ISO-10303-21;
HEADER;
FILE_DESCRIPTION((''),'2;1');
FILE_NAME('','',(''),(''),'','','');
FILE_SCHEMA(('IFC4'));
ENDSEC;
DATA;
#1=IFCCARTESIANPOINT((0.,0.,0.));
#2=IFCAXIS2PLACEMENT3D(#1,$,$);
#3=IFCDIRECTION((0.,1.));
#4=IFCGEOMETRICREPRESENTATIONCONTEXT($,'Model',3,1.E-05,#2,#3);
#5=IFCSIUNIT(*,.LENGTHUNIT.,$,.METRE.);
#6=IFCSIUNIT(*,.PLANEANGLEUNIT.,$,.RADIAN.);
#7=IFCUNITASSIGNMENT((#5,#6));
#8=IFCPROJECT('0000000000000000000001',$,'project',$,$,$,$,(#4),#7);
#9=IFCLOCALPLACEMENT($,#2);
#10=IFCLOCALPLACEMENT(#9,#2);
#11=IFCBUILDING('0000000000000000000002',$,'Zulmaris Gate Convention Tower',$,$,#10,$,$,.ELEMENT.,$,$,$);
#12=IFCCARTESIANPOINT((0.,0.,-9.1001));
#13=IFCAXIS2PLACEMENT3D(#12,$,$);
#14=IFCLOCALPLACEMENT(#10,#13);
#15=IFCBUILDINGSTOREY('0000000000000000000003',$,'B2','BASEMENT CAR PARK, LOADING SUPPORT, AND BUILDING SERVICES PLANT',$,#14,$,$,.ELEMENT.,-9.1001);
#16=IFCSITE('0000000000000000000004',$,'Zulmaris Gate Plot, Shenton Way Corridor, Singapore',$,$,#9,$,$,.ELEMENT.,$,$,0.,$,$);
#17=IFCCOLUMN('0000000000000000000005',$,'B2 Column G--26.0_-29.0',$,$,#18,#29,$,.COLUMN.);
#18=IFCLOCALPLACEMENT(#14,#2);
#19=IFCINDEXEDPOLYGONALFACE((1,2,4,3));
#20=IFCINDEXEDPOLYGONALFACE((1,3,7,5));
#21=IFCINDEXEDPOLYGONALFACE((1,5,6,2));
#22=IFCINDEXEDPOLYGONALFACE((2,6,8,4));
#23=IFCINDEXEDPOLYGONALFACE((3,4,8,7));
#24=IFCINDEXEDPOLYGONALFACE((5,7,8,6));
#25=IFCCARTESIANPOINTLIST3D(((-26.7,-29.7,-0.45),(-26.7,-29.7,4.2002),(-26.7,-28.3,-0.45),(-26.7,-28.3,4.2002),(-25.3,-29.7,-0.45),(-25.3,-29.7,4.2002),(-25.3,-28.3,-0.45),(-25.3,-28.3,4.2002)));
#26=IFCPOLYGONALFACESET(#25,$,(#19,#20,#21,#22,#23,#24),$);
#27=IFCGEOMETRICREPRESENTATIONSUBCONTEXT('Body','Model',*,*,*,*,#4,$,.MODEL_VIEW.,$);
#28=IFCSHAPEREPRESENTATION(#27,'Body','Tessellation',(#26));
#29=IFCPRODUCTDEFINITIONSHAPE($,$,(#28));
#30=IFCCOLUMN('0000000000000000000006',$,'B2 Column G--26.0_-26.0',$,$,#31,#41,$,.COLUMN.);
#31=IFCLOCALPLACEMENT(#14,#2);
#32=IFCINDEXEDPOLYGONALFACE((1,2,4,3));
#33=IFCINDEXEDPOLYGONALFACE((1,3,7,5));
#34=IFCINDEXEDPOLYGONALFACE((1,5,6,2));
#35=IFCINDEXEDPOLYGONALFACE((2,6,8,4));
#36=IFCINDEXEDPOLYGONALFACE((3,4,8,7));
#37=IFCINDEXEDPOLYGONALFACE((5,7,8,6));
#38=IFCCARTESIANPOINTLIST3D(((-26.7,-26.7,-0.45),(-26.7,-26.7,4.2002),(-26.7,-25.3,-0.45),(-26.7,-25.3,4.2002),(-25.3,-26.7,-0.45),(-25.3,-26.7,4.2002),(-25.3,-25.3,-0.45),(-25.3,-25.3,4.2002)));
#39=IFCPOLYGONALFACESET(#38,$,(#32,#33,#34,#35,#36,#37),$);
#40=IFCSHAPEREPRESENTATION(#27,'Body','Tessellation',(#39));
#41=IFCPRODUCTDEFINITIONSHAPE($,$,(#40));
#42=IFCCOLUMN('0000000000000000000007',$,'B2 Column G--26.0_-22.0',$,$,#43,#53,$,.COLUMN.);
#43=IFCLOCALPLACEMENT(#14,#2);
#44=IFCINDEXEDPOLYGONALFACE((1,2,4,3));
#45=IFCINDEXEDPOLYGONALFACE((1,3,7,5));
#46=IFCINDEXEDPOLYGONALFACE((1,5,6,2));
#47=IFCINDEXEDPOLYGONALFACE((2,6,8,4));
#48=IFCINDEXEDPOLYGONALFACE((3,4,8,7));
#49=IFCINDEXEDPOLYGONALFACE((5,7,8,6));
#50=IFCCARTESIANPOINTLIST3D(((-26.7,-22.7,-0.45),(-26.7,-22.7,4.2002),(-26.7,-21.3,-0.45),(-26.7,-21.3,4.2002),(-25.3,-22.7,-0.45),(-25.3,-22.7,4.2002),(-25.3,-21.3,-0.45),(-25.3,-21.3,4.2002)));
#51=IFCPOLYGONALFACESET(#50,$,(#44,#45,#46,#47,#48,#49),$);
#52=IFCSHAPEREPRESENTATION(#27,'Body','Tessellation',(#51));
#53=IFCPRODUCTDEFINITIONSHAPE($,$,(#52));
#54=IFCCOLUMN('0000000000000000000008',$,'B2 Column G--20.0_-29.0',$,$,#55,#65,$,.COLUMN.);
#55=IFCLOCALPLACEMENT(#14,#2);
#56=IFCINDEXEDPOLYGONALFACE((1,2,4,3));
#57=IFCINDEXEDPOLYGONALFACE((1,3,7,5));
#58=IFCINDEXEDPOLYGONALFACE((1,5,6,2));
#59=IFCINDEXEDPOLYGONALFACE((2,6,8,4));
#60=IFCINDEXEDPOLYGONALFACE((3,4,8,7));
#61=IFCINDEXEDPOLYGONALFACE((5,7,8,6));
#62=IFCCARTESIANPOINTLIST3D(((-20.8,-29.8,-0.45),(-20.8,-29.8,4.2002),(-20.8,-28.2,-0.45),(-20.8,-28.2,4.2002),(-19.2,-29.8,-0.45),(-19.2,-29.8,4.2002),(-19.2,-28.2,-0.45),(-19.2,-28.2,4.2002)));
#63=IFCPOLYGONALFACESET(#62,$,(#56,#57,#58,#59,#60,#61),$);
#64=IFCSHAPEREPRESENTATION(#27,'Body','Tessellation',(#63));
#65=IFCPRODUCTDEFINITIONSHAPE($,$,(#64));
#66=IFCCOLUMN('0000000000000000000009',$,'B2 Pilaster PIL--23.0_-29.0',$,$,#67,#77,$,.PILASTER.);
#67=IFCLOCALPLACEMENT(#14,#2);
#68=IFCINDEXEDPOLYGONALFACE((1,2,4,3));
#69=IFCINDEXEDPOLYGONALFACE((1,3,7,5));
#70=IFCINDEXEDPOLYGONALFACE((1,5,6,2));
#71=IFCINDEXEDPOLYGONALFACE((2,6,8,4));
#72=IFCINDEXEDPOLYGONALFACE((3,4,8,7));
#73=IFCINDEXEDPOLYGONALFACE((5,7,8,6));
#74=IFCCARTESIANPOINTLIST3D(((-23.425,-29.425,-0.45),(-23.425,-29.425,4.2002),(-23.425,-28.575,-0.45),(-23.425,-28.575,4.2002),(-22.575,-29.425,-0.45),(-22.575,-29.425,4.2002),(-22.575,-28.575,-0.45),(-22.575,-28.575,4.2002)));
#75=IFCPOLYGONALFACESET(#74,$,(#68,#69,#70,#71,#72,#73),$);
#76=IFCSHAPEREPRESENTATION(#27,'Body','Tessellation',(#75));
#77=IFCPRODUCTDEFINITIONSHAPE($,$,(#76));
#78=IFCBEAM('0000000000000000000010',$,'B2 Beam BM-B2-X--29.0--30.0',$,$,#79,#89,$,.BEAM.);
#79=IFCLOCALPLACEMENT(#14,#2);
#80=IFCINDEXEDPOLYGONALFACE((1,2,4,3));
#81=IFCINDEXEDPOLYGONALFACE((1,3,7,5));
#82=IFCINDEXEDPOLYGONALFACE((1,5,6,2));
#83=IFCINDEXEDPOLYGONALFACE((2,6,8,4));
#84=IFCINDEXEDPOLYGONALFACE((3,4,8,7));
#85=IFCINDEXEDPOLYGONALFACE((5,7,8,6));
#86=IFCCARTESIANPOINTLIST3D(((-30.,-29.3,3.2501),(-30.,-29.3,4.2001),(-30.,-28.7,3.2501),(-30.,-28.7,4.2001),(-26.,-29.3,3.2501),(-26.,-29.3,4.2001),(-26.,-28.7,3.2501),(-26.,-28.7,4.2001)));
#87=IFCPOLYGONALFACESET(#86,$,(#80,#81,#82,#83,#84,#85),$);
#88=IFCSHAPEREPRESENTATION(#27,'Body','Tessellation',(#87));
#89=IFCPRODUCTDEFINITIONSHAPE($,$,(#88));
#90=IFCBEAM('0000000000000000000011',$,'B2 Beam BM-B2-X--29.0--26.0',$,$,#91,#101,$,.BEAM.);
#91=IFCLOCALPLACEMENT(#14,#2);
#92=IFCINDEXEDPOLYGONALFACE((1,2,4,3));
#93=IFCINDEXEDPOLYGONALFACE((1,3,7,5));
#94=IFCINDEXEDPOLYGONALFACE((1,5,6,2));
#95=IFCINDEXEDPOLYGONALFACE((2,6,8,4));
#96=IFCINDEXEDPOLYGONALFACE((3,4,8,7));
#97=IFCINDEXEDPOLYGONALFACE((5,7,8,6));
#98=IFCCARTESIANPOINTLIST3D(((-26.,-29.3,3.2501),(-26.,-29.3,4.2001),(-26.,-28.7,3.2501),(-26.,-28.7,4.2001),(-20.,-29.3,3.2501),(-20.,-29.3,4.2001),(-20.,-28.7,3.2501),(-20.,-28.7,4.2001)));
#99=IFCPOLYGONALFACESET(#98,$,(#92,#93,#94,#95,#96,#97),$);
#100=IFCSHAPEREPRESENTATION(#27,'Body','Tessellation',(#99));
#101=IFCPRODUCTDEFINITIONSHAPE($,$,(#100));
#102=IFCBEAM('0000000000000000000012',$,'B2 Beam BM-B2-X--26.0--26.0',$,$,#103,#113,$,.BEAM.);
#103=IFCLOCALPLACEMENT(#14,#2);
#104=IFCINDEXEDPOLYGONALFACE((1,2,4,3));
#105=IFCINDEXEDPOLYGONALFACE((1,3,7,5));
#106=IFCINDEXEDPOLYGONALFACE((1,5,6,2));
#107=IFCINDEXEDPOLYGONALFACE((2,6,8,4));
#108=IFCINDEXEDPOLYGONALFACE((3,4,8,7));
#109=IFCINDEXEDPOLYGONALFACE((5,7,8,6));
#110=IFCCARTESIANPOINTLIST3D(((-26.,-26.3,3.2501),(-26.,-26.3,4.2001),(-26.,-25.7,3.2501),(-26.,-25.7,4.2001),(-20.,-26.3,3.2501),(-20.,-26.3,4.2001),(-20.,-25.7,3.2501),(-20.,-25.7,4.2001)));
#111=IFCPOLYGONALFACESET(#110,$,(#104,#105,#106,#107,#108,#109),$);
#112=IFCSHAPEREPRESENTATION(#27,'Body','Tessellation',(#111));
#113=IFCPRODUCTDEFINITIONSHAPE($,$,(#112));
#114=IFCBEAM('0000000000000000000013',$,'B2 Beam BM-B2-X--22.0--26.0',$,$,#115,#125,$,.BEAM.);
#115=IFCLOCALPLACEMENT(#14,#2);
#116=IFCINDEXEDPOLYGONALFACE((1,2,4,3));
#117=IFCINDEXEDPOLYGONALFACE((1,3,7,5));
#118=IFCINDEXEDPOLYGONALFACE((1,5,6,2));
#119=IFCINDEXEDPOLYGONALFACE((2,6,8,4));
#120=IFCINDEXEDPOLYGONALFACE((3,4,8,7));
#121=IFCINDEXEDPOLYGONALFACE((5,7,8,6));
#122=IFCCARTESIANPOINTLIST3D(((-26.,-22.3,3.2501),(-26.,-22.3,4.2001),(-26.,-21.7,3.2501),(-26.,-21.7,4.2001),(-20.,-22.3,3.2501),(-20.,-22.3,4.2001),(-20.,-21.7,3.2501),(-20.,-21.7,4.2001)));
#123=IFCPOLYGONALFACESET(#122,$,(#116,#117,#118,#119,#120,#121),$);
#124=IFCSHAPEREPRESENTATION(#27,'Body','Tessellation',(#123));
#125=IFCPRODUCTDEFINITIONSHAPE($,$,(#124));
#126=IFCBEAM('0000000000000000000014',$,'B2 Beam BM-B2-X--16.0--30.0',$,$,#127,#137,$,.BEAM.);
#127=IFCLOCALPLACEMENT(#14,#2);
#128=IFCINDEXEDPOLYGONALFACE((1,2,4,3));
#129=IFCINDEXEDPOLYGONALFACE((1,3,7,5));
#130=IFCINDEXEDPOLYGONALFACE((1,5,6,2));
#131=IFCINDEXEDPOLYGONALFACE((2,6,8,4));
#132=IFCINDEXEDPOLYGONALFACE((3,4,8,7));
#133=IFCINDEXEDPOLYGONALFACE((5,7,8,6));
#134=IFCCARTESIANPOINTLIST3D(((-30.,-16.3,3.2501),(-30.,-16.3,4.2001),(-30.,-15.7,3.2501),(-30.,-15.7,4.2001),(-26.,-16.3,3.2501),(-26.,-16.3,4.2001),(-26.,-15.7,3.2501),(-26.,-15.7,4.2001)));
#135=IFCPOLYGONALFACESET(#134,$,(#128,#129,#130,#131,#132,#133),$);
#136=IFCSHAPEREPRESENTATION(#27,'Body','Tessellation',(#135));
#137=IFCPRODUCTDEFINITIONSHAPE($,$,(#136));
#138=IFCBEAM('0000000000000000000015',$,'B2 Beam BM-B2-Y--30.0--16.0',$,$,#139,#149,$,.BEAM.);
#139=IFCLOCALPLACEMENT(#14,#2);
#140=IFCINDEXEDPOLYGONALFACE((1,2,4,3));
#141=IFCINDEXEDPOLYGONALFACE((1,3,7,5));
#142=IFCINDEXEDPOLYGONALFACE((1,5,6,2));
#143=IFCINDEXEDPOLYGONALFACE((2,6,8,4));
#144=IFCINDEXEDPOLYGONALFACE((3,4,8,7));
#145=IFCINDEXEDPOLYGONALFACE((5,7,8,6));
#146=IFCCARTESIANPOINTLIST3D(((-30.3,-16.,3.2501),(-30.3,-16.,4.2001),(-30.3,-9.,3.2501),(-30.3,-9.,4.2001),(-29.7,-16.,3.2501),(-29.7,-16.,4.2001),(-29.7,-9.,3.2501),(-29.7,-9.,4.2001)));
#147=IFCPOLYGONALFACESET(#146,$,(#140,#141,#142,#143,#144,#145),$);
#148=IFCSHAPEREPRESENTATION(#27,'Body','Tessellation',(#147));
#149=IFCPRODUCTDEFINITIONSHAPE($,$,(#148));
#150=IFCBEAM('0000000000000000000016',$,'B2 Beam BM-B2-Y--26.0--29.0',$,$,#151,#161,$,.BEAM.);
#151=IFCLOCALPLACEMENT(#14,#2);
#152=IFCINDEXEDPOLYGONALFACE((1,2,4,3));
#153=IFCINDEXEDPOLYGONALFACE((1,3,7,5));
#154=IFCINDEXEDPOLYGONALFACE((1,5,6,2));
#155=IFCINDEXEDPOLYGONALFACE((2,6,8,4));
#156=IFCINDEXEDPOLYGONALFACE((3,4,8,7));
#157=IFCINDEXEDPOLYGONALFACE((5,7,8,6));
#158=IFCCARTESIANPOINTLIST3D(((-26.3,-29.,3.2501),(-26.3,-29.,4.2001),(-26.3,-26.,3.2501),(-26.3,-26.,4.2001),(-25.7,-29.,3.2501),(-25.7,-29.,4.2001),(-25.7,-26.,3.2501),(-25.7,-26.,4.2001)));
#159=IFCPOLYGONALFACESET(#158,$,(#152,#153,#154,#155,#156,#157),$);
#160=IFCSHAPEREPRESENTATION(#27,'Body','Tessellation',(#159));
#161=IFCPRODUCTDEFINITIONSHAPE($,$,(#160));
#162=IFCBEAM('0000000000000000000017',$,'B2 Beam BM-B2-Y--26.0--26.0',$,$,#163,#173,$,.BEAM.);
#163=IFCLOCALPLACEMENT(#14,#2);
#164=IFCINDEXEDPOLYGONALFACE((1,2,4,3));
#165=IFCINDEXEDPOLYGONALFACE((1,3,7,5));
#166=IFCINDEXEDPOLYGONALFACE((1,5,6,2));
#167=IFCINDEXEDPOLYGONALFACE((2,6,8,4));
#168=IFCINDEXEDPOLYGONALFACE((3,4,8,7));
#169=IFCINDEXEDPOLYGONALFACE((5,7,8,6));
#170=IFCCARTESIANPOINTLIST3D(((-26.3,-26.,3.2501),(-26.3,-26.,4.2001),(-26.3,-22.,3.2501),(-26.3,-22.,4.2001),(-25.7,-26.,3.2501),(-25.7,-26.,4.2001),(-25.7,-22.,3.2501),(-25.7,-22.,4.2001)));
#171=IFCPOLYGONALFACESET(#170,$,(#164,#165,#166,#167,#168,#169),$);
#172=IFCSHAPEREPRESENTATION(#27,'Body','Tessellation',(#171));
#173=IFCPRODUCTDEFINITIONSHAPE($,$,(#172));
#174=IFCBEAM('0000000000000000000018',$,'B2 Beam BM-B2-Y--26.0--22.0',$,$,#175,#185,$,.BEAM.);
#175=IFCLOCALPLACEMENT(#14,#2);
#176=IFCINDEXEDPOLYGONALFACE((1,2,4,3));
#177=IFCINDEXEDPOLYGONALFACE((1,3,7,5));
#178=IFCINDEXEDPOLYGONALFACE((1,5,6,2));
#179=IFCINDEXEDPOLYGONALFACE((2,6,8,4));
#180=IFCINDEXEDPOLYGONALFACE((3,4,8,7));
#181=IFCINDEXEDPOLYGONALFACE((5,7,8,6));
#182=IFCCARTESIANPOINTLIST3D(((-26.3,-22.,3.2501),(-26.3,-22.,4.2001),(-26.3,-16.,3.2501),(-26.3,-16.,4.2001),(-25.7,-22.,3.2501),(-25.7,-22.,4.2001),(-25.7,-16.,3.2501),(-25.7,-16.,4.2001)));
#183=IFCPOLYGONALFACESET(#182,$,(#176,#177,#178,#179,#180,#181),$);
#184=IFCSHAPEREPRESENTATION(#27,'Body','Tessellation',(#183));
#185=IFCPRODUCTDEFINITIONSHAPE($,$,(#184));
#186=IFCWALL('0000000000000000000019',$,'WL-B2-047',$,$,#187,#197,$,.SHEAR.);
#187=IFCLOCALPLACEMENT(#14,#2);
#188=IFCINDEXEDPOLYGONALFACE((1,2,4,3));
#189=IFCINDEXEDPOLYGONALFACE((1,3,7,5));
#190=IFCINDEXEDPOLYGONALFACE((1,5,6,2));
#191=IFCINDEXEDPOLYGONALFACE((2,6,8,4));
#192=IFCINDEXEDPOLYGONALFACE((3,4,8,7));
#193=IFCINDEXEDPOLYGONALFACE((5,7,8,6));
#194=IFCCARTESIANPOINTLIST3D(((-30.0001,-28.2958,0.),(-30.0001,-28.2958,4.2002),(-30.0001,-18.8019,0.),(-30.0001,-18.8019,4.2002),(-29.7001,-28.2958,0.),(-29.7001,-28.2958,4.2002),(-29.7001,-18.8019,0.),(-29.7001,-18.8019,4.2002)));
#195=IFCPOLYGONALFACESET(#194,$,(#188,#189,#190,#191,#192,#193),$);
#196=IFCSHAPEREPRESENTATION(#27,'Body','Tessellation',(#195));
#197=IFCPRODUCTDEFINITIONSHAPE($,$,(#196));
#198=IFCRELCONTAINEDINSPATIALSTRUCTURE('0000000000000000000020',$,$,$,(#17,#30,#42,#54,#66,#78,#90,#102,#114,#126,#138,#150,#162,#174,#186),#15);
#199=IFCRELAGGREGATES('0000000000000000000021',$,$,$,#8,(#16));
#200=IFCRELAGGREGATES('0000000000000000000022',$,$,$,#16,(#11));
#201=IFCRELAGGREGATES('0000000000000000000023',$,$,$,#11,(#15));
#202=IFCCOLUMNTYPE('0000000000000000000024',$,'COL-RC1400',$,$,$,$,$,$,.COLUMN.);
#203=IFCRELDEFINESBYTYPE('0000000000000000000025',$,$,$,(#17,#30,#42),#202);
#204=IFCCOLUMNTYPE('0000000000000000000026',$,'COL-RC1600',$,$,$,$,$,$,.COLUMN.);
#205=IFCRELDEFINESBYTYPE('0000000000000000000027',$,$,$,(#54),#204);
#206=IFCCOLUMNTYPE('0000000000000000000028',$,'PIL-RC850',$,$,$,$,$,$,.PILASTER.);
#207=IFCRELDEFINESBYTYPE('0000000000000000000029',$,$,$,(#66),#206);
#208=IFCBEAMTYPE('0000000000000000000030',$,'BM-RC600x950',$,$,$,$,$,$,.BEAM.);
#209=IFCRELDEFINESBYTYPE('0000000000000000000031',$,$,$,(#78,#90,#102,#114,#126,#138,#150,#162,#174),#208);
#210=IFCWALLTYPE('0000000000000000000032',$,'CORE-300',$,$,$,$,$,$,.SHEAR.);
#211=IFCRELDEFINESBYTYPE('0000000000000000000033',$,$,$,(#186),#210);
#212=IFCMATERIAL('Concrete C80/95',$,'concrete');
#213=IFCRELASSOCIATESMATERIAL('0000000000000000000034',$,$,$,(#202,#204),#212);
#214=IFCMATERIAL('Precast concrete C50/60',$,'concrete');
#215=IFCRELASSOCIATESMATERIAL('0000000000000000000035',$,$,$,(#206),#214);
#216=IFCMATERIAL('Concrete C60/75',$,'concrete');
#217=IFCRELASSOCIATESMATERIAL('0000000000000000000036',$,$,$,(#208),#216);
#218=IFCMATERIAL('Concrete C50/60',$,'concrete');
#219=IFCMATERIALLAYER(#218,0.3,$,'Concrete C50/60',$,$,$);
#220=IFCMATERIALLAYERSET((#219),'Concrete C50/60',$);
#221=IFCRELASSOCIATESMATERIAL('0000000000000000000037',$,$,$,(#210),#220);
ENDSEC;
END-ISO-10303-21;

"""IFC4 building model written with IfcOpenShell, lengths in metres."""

from ifc_helpers import new_model, si_unit, direction, frame, frame_2d, origin, origin_2d, place, context, subcontext, project, spatial, rectangle, extrude, material, layer, layer_set, material_profile, profile_set, type_object, element, save


model = new_model("IFC4")

# Units and contexts
model_context = context("Model", 3, precision=1e-05, world=origin(), true_north=direction((0.0, 1.0)))
body_context = subcontext(model_context, "Body", "Model", "MODEL_VIEW")
ifc_project = project(units=[si_unit("LENGTHUNIT", "METRE"), si_unit("PLANEANGLEUNIT", "RADIAN")], contexts=[model_context])

# Site, building, storey
site_placement = place(None, origin())
site = spatial("IfcSite", under=ifc_project, at=site_placement, Name="Zulmaris Gate Plot, Shenton Way Corridor, Singapore", CompositionType="ELEMENT", RefElevation=0.0)
building_placement = place(site_placement, origin())
building = spatial("IfcBuilding", under=site, at=building_placement, Name="Zulmaris Gate Convention Tower", CompositionType="ELEMENT")
storey_placement = place(building_placement, frame((0.0, 0.0, -9.1001)))
storey = spatial("IfcBuildingStorey", under=building, at=storey_placement, Name="B2", Description="BASEMENT CAR PARK, LOADING SUPPORT, AND BUILDING SERVICES PLANT", CompositionType="ELEMENT", Elevation=-9.1001)

# Shared definitions
ifc_material_1 = material(Name="Concrete C50/60", Category="concrete")

# Columns
ifc_material_2 = material(Name="Concrete C80/95", Category="concrete")
ifc_material_profile_1 = material_profile(ifc_material_2, rectangle(XDim=1.3999, YDim=1.3999, at=origin_2d()), Name="RC COL 1400x1400")
ifc_profile_set_1 = profile_set([ifc_material_profile_1], Name="Concrete C80/95")
column_type_1 = type_object("IfcColumnType", Name="COL-RC1400", PredefinedType="COLUMN", material=ifc_profile_set_1)
for number, where, z_axis, x_axis, name in (
    (1, (-26.0, -29.0, -0.45), (0.0, 0.0, 1.0), (1.0, 0.0, 0.0), "B2 Column G--26.0_-29.0"),
    (2, (-26.0, -26.0, -0.45), (0.0, 0.0, 1.0), (1.0, 0.0, 0.0), "B2 Column G--26.0_-26.0"),
    (3, (-26.0, -22.0, -0.45), (0.0, 0.0, 1.0), (1.0, 0.0, 0.0), "B2 Column G--26.0_-22.0"),
):
    element("IfcColumn", number, at=place(storey_placement, frame(where, z_axis=z_axis, x_axis=x_axis)), inside=storey, type_object=column_type_1, Name=name, PredefinedType="COLUMN", context=body_context, shape_type="SweptSolid", body=[
        extrude(rectangle(XDim=1.3999, YDim=1.3999, at=origin_2d()), origin(), (0.0, 0.0, 1.0), 4.6501),
    ])
ifc_material_profile_2 = material_profile(ifc_material_2, rectangle(XDim=1.6001, YDim=1.6001, at=origin_2d()), Name="RC COL 1600x1600")
ifc_profile_set_2 = profile_set([ifc_material_profile_2], Name="Concrete C80/95")
column_type_2 = type_object("IfcColumnType", Name="COL-RC1600", PredefinedType="COLUMN", material=ifc_profile_set_2)
column_1_placement = place(storey_placement, frame((-20.0, -29.0, -0.45), z_axis=(0.0, 0.0, 1.0), x_axis=(1.0, 0.0, 0.0)))
element("IfcColumn", 4, at=column_1_placement, inside=storey, type_object=column_type_2, Name="B2 Column G--20.0_-29.0", PredefinedType="COLUMN", context=body_context, shape_type="SweptSolid", body=[
    extrude(rectangle(XDim=1.6001, YDim=1.6001, at=origin_2d()), origin(), (0.0, 0.0, 1.0), 4.6501),
])
ifc_material_3 = material(Name="Precast concrete C50/60", Category="concrete")
ifc_material_profile_3 = material_profile(ifc_material_3, rectangle(XDim=0.8501, YDim=0.8501, at=origin_2d()), Name="RC COL 850x850")
ifc_profile_set_3 = profile_set([ifc_material_profile_3], Name="Precast concrete C50/60")
column_type_3 = type_object("IfcColumnType", Name="PIL-RC850", PredefinedType="PILASTER", material=ifc_profile_set_3)
column_2_placement = place(storey_placement, frame((-23.0, -29.0, -0.45), z_axis=(0.0, 0.0, 1.0), x_axis=(1.0, 0.0, 0.0)))
element("IfcColumn", 5, at=column_2_placement, inside=storey, type_object=column_type_3, Name="B2 Pilaster PIL--23.0_-29.0", PredefinedType="PILASTER", context=body_context, shape_type="SweptSolid", body=[
    extrude(rectangle(XDim=0.8501, YDim=0.8501, at=origin_2d()), origin(), (0.0, 0.0, 1.0), 4.6501),
])

# Beams
ifc_material_4 = material(Name="Concrete C60/75", Category="concrete")
ifc_material_profile_4 = material_profile(ifc_material_4, rectangle(XDim=0.6001, YDim=0.95, at=origin_2d()), Name="RC BEAM 600x950")
ifc_profile_set_4 = profile_set([ifc_material_profile_4], Name="Concrete C60/75")
beam_type = type_object("IfcBeamType", Name="BM-RC600x950", PredefinedType="BEAM", material=ifc_profile_set_4)
beam_1_placement = place(storey_placement, frame((-30.0, -29.0, 3.7251), z_axis=(1.0, 0.0, 0.0), x_axis=(0.0, 1.0, 0.0)))
element("IfcBeam", 6, at=beam_1_placement, inside=storey, type_object=beam_type, Name="B2 Beam BM-B2-X--29.0--30.0", PredefinedType="BEAM", context=body_context, shape_type="SweptSolid", body=[
    extrude(rectangle(XDim=0.6001, YDim=0.95, at=origin_2d()), origin(), (0.0, 0.0, 1.0), 4.0),
])
for number, where, z_axis, x_axis, name in (
    (7, (-26.0, -29.0, 3.7251), (1.0, 0.0, 0.0), (0.0, 1.0, 0.0), "B2 Beam BM-B2-X--29.0--26.0"),
    (8, (-26.0, -26.0, 3.7251), (1.0, 0.0, 0.0), (0.0, 1.0, 0.0), "B2 Beam BM-B2-X--26.0--26.0"),
    (9, (-26.0, -22.0, 3.7251), (1.0, 0.0, 0.0), (0.0, 1.0, 0.0), "B2 Beam BM-B2-X--22.0--26.0"),
):
    element("IfcBeam", number, at=place(storey_placement, frame(where, z_axis=z_axis, x_axis=x_axis)), inside=storey, type_object=beam_type, Name=name, PredefinedType="BEAM", context=body_context, shape_type="SweptSolid", body=[
        extrude(rectangle(XDim=0.6001, YDim=0.95, at=origin_2d()), origin(), (0.0, 0.0, 1.0), 6.0),
    ])
beam_2_placement = place(storey_placement, frame((-30.0, -16.0, 3.7251), z_axis=(1.0, 0.0, 0.0), x_axis=(0.0, 1.0, 0.0)))
element("IfcBeam", 10, at=beam_2_placement, inside=storey, type_object=beam_type, Name="B2 Beam BM-B2-X--16.0--30.0", PredefinedType="BEAM", context=body_context, shape_type="SweptSolid", body=[
    extrude(rectangle(XDim=0.6001, YDim=0.95, at=origin_2d()), origin(), (0.0, 0.0, 1.0), 4.0),
])
beam_3_placement = place(storey_placement, frame((-30.0, -16.0, 3.7251), z_axis=(0.0, 1.0, 0.0), x_axis=(-1.0, 0.0, 0.0)))
element("IfcBeam", 11, at=beam_3_placement, inside=storey, type_object=beam_type, Name="B2 Beam BM-B2-Y--30.0--16.0", PredefinedType="BEAM", context=body_context, shape_type="SweptSolid", body=[
    extrude(rectangle(XDim=0.6001, YDim=0.95, at=origin_2d()), origin(), (0.0, 0.0, 1.0), 7.0),
])
beam_4_placement = place(storey_placement, frame((-26.0, -29.0, 3.7251), z_axis=(0.0, 1.0, 0.0), x_axis=(-1.0, 0.0, 0.0)))
element("IfcBeam", 12, at=beam_4_placement, inside=storey, type_object=beam_type, Name="B2 Beam BM-B2-Y--26.0--29.0", PredefinedType="BEAM", context=body_context, shape_type="SweptSolid", body=[
    extrude(rectangle(XDim=0.6001, YDim=0.95, at=origin_2d()), origin(), (0.0, 0.0, 1.0), 3.0),
])
beam_5_placement = place(storey_placement, frame((-26.0, -26.0, 3.7251), z_axis=(0.0, 1.0, 0.0), x_axis=(-1.0, 0.0, 0.0)))
element("IfcBeam", 13, at=beam_5_placement, inside=storey, type_object=beam_type, Name="B2 Beam BM-B2-Y--26.0--26.0", PredefinedType="BEAM", context=body_context, shape_type="SweptSolid", body=[
    extrude(rectangle(XDim=0.6001, YDim=0.95, at=origin_2d()), origin(), (0.0, 0.0, 1.0), 4.0),
])
beam_6_placement = place(storey_placement, frame((-26.0, -22.0, 3.7251), z_axis=(0.0, 1.0, 0.0), x_axis=(-1.0, 0.0, 0.0)))
element("IfcBeam", 14, at=beam_6_placement, inside=storey, type_object=beam_type, Name="B2 Beam BM-B2-Y--26.0--22.0", PredefinedType="BEAM", context=body_context, shape_type="SweptSolid", body=[
    extrude(rectangle(XDim=0.6001, YDim=0.95, at=origin_2d()), origin(), (0.0, 0.0, 1.0), 6.0),
])

# Wall
ifc_layer_1 = layer(ifc_material_1, 0.3, Name="Concrete C50/60")
ifc_layer_set_1 = layer_set([ifc_layer_1], Name="Concrete C50/60")
wall_type_1 = type_object("IfcWallType", Name="CORE-300", PredefinedType="SHEAR", material=ifc_layer_set_1)
wall_1_placement = place(storey_placement, frame((-29.8501, -28.2959, 0.0), z_axis=(0.0, 0.0, 1.0), x_axis=(0.0, 1.0, 0.0)))
element("IfcWall", 15, at=wall_1_placement, inside=storey, type_object=wall_type_1, Name="WL-B2-047", PredefinedType="SHEAR", context=body_context, shape_type="SweptSolid", body=[
    extrude(rectangle(XDim=9.4939, YDim=0.3, at=frame_2d((4.7471, 0.0))), origin(), (0.0, 0.0, 1.0), 4.2002),
])

save(model, "model.ifc")
